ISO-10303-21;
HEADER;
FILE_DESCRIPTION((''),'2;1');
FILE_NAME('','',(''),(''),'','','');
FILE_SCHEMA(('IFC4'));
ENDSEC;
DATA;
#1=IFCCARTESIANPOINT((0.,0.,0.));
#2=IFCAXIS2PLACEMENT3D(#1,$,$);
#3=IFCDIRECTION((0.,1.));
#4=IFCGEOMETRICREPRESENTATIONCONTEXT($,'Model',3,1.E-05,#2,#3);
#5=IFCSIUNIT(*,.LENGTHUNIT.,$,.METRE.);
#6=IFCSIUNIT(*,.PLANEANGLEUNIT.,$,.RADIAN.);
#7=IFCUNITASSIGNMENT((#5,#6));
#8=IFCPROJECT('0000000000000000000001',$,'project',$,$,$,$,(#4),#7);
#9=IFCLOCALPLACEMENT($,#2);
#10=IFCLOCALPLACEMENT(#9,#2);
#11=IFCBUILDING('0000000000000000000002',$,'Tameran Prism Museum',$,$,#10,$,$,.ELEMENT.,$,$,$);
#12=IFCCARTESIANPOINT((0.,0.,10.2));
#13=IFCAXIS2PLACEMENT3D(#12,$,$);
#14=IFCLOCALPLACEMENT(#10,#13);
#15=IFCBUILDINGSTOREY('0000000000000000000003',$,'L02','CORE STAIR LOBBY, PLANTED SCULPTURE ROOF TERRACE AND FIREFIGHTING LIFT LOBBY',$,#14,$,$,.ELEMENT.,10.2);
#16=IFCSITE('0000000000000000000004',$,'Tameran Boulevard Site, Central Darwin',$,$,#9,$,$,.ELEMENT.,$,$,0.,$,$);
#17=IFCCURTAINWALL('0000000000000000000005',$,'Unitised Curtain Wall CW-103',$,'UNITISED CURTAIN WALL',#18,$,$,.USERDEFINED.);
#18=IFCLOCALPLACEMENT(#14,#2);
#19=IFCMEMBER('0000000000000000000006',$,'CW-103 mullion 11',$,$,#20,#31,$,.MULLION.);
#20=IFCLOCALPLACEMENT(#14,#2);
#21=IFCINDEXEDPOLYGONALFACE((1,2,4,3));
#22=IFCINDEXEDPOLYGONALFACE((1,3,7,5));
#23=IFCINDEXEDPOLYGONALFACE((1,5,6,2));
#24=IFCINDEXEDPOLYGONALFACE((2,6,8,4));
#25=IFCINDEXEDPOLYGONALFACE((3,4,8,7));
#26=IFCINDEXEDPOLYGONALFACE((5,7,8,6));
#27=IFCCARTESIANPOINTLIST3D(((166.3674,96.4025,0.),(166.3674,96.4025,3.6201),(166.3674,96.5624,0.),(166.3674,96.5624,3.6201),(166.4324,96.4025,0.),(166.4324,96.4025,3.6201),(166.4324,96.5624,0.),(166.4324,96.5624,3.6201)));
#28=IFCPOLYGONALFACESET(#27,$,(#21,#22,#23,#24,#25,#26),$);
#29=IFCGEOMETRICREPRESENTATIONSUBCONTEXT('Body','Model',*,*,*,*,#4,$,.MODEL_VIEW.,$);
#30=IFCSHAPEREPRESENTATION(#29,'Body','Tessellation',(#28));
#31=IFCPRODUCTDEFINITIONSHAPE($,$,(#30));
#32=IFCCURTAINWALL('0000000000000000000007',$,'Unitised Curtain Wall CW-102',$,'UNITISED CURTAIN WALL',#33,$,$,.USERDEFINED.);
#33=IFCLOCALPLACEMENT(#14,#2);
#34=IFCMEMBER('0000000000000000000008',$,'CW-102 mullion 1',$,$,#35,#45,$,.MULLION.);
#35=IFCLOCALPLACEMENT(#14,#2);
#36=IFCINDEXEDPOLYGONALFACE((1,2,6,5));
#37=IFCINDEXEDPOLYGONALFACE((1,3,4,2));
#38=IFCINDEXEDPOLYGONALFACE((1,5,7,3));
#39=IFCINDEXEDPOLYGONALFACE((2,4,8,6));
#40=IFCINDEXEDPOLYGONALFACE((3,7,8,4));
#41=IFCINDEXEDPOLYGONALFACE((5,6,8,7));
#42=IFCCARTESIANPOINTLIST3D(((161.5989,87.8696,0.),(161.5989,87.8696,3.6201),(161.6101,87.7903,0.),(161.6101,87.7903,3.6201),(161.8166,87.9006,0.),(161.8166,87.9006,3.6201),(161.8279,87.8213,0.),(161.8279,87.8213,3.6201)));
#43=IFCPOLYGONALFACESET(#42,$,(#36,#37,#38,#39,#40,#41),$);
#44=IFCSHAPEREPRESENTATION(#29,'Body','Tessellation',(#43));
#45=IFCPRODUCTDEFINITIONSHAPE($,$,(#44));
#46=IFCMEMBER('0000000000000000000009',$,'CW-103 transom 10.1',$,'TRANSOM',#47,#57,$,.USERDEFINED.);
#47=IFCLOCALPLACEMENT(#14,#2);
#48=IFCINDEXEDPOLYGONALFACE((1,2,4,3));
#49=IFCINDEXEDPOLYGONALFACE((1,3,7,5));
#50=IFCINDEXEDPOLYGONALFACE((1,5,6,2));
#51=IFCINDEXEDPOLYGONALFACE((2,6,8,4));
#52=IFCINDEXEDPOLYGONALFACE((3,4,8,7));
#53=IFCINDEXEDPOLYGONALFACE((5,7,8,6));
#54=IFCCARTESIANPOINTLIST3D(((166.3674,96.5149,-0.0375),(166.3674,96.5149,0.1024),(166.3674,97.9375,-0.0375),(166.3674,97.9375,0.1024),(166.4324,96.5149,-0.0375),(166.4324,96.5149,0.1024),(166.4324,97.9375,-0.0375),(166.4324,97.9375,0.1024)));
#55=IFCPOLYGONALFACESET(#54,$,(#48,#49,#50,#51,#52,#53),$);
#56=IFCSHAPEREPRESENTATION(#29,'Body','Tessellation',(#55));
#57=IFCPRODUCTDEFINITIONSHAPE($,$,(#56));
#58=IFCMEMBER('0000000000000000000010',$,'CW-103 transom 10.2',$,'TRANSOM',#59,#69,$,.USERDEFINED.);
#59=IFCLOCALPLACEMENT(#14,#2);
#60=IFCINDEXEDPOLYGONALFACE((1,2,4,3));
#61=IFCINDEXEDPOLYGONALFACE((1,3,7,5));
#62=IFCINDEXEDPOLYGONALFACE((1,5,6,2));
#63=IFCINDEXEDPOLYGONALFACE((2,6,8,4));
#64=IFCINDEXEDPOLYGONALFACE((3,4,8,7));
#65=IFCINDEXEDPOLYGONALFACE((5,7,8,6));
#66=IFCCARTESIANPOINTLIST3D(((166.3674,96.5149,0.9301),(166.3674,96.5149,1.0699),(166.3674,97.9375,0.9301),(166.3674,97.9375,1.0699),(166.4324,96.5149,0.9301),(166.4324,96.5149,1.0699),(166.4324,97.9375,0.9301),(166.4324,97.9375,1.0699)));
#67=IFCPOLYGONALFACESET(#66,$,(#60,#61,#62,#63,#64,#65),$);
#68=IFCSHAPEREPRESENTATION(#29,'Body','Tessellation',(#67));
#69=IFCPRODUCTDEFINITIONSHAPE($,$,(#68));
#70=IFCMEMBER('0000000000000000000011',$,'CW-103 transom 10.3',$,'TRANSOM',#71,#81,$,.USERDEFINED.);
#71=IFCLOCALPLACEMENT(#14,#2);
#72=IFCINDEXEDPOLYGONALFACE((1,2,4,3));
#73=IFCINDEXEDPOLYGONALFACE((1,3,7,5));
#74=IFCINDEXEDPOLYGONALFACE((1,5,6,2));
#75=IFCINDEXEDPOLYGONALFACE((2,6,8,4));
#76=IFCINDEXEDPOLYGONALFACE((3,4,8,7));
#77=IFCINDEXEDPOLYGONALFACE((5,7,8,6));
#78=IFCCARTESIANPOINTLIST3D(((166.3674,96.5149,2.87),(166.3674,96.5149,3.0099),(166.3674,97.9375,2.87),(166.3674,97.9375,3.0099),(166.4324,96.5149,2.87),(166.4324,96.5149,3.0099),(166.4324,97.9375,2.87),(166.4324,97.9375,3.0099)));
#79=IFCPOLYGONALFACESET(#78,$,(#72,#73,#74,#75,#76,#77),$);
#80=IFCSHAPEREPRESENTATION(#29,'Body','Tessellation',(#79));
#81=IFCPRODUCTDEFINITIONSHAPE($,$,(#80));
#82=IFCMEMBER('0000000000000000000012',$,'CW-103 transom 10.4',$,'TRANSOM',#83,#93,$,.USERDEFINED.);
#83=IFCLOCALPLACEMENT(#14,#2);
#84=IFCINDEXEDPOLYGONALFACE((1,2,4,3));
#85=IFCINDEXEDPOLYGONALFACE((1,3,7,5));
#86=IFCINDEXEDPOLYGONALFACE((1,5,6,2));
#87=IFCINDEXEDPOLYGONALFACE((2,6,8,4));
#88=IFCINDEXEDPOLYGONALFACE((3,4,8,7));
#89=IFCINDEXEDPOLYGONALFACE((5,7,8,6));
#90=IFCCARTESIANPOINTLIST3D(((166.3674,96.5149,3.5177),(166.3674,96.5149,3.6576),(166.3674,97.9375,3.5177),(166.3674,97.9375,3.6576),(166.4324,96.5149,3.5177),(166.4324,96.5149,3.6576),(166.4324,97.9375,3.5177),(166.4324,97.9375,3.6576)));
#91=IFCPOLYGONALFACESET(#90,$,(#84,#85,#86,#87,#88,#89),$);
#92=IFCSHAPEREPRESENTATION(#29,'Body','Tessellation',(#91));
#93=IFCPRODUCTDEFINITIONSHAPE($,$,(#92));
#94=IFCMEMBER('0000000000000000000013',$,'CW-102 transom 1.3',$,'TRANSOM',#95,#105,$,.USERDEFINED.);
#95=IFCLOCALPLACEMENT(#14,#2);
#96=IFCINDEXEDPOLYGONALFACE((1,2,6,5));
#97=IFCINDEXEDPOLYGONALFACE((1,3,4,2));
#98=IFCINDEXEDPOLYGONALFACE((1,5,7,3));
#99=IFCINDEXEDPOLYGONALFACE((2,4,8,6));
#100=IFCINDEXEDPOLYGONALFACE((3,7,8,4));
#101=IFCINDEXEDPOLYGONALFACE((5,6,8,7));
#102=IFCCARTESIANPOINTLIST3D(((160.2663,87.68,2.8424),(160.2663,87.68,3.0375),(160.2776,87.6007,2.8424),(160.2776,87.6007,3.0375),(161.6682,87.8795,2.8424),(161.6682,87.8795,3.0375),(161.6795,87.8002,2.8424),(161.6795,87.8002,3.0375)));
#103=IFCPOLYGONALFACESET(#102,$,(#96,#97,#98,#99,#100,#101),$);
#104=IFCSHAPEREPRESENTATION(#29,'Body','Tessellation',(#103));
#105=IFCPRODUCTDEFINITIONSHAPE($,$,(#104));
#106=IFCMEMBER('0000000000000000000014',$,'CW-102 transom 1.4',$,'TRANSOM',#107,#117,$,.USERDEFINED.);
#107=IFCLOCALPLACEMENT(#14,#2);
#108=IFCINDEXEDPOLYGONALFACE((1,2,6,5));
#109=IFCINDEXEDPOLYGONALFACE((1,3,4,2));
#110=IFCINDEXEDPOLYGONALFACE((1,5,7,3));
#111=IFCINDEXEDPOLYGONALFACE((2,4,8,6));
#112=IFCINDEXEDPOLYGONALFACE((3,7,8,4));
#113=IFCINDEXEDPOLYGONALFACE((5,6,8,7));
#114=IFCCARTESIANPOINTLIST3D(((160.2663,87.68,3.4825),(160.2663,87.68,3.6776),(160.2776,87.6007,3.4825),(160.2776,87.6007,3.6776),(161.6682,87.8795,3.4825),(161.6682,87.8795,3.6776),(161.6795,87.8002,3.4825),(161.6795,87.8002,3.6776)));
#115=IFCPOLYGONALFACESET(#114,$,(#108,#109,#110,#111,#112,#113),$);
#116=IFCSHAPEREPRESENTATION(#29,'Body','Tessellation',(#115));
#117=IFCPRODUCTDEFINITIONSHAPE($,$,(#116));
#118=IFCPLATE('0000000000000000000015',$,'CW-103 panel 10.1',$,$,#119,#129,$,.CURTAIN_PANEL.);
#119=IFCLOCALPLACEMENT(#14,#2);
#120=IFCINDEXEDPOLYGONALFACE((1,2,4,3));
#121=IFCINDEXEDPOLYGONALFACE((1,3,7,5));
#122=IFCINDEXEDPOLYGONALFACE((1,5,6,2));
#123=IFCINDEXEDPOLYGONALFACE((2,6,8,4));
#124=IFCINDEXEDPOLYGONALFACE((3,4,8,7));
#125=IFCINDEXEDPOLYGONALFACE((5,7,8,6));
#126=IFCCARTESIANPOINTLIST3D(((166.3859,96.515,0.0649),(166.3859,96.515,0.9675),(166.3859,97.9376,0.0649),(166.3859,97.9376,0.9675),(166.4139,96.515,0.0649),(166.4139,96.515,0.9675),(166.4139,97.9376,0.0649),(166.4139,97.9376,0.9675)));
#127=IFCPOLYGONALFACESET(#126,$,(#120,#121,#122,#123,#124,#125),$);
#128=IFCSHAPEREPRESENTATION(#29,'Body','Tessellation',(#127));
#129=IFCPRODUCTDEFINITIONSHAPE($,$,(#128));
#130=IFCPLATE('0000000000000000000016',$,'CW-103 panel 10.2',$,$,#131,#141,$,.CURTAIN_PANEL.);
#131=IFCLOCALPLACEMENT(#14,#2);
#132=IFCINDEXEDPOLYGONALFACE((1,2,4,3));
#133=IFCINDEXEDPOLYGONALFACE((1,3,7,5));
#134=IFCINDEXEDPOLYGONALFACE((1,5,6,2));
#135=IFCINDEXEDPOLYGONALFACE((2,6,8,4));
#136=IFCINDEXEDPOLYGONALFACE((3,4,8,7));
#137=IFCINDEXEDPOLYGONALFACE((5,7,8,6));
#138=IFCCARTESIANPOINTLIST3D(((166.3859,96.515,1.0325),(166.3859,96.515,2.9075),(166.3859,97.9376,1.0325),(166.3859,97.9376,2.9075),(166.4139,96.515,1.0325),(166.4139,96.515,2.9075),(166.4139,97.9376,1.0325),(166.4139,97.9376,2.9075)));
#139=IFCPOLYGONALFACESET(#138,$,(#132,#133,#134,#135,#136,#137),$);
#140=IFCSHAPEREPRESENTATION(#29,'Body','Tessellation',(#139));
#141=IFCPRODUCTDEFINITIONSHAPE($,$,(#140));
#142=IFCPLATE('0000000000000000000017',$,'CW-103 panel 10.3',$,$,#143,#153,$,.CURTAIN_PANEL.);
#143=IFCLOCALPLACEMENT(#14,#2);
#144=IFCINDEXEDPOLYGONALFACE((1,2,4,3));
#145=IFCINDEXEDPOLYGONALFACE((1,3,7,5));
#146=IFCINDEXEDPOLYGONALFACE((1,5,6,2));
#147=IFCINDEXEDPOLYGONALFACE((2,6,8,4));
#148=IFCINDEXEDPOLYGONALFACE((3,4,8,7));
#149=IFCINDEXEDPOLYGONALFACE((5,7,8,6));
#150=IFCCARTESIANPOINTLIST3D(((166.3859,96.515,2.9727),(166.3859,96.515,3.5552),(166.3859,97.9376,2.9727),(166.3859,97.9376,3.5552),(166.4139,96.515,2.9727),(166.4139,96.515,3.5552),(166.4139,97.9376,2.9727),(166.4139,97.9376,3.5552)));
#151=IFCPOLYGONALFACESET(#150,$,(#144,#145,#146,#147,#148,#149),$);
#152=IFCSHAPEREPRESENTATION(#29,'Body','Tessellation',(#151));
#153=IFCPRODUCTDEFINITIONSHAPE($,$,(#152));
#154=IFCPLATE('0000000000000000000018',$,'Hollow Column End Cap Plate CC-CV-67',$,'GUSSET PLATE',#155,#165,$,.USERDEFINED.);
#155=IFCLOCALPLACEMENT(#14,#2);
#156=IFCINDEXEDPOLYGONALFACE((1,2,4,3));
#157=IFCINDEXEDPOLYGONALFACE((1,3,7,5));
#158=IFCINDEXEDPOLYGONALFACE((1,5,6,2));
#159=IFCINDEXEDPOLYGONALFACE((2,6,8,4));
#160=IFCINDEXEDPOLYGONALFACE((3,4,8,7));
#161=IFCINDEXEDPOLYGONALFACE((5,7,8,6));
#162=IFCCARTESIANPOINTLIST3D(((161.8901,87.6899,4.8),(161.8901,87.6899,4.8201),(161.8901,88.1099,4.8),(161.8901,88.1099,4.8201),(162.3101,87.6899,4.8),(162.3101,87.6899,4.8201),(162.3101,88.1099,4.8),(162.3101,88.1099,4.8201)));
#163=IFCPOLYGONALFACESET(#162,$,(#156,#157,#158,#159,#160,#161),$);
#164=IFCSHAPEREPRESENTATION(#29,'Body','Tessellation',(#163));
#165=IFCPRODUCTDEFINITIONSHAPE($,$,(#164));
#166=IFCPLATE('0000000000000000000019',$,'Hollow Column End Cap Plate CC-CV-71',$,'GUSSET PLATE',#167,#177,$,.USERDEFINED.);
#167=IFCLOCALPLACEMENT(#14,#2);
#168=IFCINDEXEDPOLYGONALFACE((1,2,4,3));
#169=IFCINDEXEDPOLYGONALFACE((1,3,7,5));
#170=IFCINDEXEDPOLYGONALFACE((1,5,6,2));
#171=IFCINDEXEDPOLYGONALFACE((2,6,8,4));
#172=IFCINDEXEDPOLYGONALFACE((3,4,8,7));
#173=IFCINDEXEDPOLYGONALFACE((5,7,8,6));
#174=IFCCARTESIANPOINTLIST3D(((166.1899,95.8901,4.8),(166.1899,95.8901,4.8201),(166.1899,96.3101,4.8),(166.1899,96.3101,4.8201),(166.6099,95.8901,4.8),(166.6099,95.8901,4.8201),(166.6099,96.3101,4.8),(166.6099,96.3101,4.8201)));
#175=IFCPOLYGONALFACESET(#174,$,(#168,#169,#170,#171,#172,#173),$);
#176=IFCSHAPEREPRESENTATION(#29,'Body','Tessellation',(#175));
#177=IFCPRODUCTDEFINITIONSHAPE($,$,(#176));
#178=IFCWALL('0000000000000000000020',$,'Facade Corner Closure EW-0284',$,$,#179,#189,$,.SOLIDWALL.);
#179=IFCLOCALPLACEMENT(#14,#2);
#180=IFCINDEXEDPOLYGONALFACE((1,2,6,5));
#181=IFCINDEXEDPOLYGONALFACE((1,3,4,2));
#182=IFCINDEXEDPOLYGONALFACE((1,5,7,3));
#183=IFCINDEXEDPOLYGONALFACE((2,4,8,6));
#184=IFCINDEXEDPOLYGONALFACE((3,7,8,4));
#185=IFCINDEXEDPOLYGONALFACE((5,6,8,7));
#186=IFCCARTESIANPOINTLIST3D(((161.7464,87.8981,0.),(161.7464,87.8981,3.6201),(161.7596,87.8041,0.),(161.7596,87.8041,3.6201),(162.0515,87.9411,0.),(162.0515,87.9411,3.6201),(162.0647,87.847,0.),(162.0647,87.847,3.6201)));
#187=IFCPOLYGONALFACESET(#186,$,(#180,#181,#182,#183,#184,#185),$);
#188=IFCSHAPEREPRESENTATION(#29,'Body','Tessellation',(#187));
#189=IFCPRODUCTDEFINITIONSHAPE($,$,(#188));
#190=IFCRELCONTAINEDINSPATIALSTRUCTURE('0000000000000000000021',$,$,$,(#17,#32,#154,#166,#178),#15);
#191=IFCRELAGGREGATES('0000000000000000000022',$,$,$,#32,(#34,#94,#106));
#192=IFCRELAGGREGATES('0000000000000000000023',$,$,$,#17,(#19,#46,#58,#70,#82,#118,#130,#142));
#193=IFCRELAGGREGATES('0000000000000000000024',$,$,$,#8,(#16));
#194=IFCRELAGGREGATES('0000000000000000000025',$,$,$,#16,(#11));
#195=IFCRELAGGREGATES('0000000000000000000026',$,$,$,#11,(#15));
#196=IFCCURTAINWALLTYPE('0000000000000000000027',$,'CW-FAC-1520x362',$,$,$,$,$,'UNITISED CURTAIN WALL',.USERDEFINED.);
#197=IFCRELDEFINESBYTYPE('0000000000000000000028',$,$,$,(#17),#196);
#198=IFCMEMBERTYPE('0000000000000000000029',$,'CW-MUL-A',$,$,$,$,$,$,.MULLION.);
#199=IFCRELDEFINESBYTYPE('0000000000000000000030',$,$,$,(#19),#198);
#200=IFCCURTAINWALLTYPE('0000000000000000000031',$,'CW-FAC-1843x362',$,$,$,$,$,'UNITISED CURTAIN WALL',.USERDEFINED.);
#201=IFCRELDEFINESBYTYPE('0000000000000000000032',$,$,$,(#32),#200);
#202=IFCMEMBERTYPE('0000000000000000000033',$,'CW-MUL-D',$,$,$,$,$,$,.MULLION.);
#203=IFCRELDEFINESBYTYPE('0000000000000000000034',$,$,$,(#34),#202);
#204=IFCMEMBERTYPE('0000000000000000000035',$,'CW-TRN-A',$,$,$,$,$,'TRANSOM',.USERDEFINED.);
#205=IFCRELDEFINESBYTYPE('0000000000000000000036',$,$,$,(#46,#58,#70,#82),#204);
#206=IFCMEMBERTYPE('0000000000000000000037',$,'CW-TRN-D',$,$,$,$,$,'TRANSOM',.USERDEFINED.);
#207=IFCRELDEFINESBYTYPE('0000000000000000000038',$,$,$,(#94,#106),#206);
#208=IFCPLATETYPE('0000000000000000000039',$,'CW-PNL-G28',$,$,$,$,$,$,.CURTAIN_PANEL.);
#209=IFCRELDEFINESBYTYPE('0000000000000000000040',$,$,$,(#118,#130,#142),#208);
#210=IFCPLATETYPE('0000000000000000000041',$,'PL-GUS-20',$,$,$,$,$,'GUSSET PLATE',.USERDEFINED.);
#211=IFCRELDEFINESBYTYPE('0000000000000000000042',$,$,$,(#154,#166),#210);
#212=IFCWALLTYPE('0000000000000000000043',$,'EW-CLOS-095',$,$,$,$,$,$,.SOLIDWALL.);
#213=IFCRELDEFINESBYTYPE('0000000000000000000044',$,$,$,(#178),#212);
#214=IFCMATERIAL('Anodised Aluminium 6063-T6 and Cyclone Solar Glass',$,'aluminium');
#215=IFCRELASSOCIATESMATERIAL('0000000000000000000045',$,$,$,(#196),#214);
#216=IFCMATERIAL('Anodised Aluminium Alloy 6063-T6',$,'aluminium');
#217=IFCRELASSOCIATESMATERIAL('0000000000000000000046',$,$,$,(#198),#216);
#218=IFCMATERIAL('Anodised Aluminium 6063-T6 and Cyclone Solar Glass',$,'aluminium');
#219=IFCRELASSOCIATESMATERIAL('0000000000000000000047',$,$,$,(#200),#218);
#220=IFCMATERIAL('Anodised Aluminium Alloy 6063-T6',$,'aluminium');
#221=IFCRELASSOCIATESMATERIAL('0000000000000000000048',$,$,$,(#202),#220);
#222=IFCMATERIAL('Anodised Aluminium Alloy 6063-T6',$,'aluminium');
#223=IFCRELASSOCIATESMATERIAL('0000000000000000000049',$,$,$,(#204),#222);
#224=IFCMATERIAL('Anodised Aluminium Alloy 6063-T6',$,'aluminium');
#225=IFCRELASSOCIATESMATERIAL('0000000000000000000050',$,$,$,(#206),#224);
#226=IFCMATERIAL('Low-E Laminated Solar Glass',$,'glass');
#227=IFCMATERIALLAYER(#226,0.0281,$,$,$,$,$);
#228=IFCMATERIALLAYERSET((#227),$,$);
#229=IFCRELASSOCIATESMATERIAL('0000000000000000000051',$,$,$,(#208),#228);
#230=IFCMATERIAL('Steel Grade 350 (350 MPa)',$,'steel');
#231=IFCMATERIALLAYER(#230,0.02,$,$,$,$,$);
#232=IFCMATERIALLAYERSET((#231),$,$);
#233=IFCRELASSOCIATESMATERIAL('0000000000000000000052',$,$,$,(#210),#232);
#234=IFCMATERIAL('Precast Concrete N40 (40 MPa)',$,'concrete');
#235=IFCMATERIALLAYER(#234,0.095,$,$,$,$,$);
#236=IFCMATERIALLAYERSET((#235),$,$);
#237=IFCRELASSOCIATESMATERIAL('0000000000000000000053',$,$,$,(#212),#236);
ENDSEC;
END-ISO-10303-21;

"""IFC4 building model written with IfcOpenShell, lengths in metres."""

from ifc_helpers import new_model, si_unit, direction, frame, frame_2d, origin, origin_2d, place, context, subcontext, project, spatial, rectangle, extrude, material, layer, layer_set, material_profile, profile_set, type_object, element, aggregate, save


model = new_model("IFC4")

# Units and contexts
model_context = context("Model", 3, precision=1e-05, world=origin(), true_north=direction((0.0, 1.0)))
body_context = subcontext(model_context, "Body", "Model", "MODEL_VIEW")
ifc_project = project(units=[si_unit("LENGTHUNIT", "METRE"), si_unit("PLANEANGLEUNIT", "RADIAN")], contexts=[model_context])

# Site, building, storey
site_placement = place(None, origin())
site = spatial("IfcSite", under=ifc_project, at=site_placement, Name="Tameran Boulevard Site, Central Darwin", CompositionType="ELEMENT", RefElevation=0.0)
building_placement = place(site_placement, origin())
building = spatial("IfcBuilding", under=site, at=building_placement, Name="Tameran Prism Museum", CompositionType="ELEMENT")
storey_placement = place(building_placement, frame((0.0, 0.0, 10.2)))
storey = spatial("IfcBuildingStorey", under=building, at=storey_placement, Name="L02", Description="CORE STAIR LOBBY, PLANTED SCULPTURE ROOF TERRACE AND FIREFIGHTING LIFT LOBBY", CompositionType="ELEMENT", Elevation=10.2)

# Curtain wall, member
ifc_material_1 = material(Name="Anodised Aluminium 6063-T6 and Cyclone Solar Glass", Category="aluminium")
curtain_wall_type_1 = type_object("IfcCurtainWallType", Name="CW-FAC-1520x362", ElementType="UNITISED CURTAIN WALL", PredefinedType="USERDEFINED", material=ifc_material_1)
curtain_wall_1_placement = place(storey_placement, origin())
curtain_wall_1 = element("IfcCurtainWall", 1, at=curtain_wall_1_placement, inside=storey, type_object=curtain_wall_type_1, Name="Unitised Curtain Wall CW-103", ObjectType="UNITISED CURTAIN WALL", PredefinedType="USERDEFINED")
ifc_material_2 = material(Name="Anodised Aluminium Alloy 6063-T6", Category="aluminium")
ifc_material_profile_1 = material_profile(ifc_material_2, rectangle(XDim=0.0649, YDim=0.1599, at=origin_2d()))
ifc_profile_set_1 = profile_set([ifc_material_profile_1])
member_type_1 = type_object("IfcMemberType", Name="CW-MUL-A", PredefinedType="MULLION", material=ifc_profile_set_1)
member_1_placement = place(storey_placement, frame((166.3999, 96.4824, 0.0), z_axis=(0.0, 0.0, 1.0), x_axis=(1.0, 0.0, 0.0)))
member_1 = element("IfcMember", 2, at=member_1_placement, type_object=member_type_1, Name="CW-103 mullion 11", PredefinedType="MULLION", context=body_context, shape_type="SweptSolid", body=[
    extrude(rectangle(XDim=0.0649, YDim=0.1599, at=origin_2d()), origin(), (0.0, 0.0, 1.0), 3.6201),
])

# Curtain wall, member
ifc_material_3 = material(Name="Anodised Aluminium 6063-T6 and Cyclone Solar Glass", Category="aluminium")
curtain_wall_type_2 = type_object("IfcCurtainWallType", Name="CW-FAC-1843x362", ElementType="UNITISED CURTAIN WALL", PredefinedType="USERDEFINED", material=ifc_material_3)
curtain_wall_2_placement = place(storey_placement, origin())
curtain_wall_2 = element("IfcCurtainWall", 3, at=curtain_wall_2_placement, inside=storey, type_object=curtain_wall_type_2, Name="Unitised Curtain Wall CW-102", ObjectType="UNITISED CURTAIN WALL", PredefinedType="USERDEFINED")
ifc_material_4 = material(Name="Anodised Aluminium Alloy 6063-T6", Category="aluminium")
ifc_material_profile_2 = material_profile(ifc_material_4, rectangle(XDim=0.0801, YDim=0.22, at=origin_2d()))
ifc_profile_set_2 = profile_set([ifc_material_profile_2])
member_type_2 = type_object("IfcMemberType", Name="CW-MUL-D", PredefinedType="MULLION", material=ifc_profile_set_2)
member_2_placement = place(storey_placement, frame((161.7134, 87.8455, 0.0), z_axis=(0.0, 0.0, 1.0), x_axis=(0.140745, -0.990046, 0.0)))
member_2 = element("IfcMember", 4, at=member_2_placement, type_object=member_type_2, Name="CW-102 mullion 1", PredefinedType="MULLION", context=body_context, shape_type="SweptSolid", body=[
    extrude(rectangle(XDim=0.0801, YDim=0.22, at=origin_2d()), origin(), (0.0, 0.0, 1.0), 3.6201),
])

# Members
ifc_material_5 = material(Name="Anodised Aluminium Alloy 6063-T6", Category="aluminium")
ifc_material_profile_3 = material_profile(ifc_material_5, rectangle(XDim=0.0649, YDim=0.1399, at=origin_2d()))
ifc_profile_set_3 = profile_set([ifc_material_profile_3])
member_type_3 = type_object("IfcMemberType", Name="CW-TRN-A", ElementType="TRANSOM", PredefinedType="USERDEFINED", material=ifc_profile_set_3)
member_3_placement = place(storey_placement, frame((166.3999, 97.9375, 0.0325), z_axis=(0.0, -1.0, 0.0), x_axis=(1.0, 0.0, 0.0)))
member_3 = element("IfcMember", 5, at=member_3_placement, type_object=member_type_3, Name="CW-103 transom 10.1", ObjectType="TRANSOM", PredefinedType="USERDEFINED", context=body_context, shape_type="SweptSolid", body=[
    extrude(rectangle(XDim=0.0649, YDim=0.1399, at=origin_2d()), origin(), (0.0, 0.0, 1.0), 1.4226),
])
member_4_placement = place(storey_placement, frame((166.3999, 97.9375, 1.0), z_axis=(0.0, -1.0, 0.0), x_axis=(1.0, 0.0, 0.0)))
member_4 = element("IfcMember", 6, at=member_4_placement, type_object=member_type_3, Name="CW-103 transom 10.2", ObjectType="TRANSOM", PredefinedType="USERDEFINED", context=body_context, shape_type="SweptSolid", body=[
    extrude(rectangle(XDim=0.0649, YDim=0.1399, at=origin_2d()), origin(), (0.0, 0.0, 1.0), 1.4226),
])
member_5_placement = place(storey_placement, frame((166.3999, 97.9375, 2.9399), z_axis=(0.0, -1.0, 0.0), x_axis=(1.0, 0.0, 0.0)))
member_5 = element("IfcMember", 7, at=member_5_placement, type_object=member_type_3, Name="CW-103 transom 10.3", ObjectType="TRANSOM", PredefinedType="USERDEFINED", context=body_context, shape_type="SweptSolid", body=[
    extrude(rectangle(XDim=0.0649, YDim=0.1399, at=origin_2d()), origin(), (0.0, 0.0, 1.0), 1.4226),
])
member_6_placement = place(storey_placement, frame((166.3999, 97.9375, 3.5876), z_axis=(0.0, -1.0, 0.0), x_axis=(1.0, 0.0, 0.0)))
member_6 = element("IfcMember", 8, at=member_6_placement, type_object=member_type_3, Name="CW-103 transom 10.4", ObjectType="TRANSOM", PredefinedType="USERDEFINED", context=body_context, shape_type="SweptSolid", body=[
    extrude(rectangle(XDim=0.0649, YDim=0.1399, at=origin_2d()), origin(), (0.0, 0.0, 1.0), 1.4226),
])
ifc_material_6 = material(Name="Anodised Aluminium Alloy 6063-T6", Category="aluminium")
ifc_material_profile_4 = material_profile(ifc_material_6, rectangle(XDim=0.0801, YDim=0.1951, at=origin_2d()))
ifc_profile_set_4 = profile_set([ifc_material_profile_4])
member_type_4 = type_object("IfcMemberType", Name="CW-TRN-D", ElementType="TRANSOM", PredefinedType="USERDEFINED", material=ifc_profile_set_4)
member_7_placement = place(storey_placement, frame((161.6738, 87.8398, 2.9399), z_axis=(-0.990029, -0.140866, 0.0), x_axis=(0.140866, -0.990029, 0.0)))
member_7 = element("IfcMember", 9, at=member_7_placement, type_object=member_type_4, Name="CW-102 transom 1.3", ObjectType="TRANSOM", PredefinedType="USERDEFINED", context=body_context, shape_type="SweptSolid", body=[
    extrude(rectangle(XDim=0.0801, YDim=0.1951, at=origin_2d()), origin(), (0.0, 0.0, 1.0), 1.416),
])
member_8_placement = place(storey_placement, frame((161.6738, 87.8398, 3.5801), z_axis=(-0.990029, -0.140866, 0.0), x_axis=(0.140866, -0.990029, 0.0)))
member_8 = element("IfcMember", 10, at=member_8_placement, type_object=member_type_4, Name="CW-102 transom 1.4", ObjectType="TRANSOM", PredefinedType="USERDEFINED", context=body_context, shape_type="SweptSolid", body=[
    extrude(rectangle(XDim=0.0801, YDim=0.1951, at=origin_2d()), origin(), (0.0, 0.0, 1.0), 1.416),
])
aggregate(curtain_wall_2, [member_2, member_7, member_8])

# Plates
ifc_material_7 = material(Name="Low-E Laminated Solar Glass", Category="glass")
ifc_layer_1 = layer(ifc_material_7, 0.0281)
ifc_layer_set_1 = layer_set([ifc_layer_1])
plate_type_1 = type_object("IfcPlateType", Name="CW-PNL-G28", PredefinedType="CURTAIN_PANEL", material=ifc_layer_set_1)
plate_1_placement = place(storey_placement, frame((166.3999, 97.2263, 0.0649), z_axis=(0.0, 0.0, 1.0), x_axis=(0.0, -1.0, 0.0)))
plate_1 = element("IfcPlate", 11, at=plate_1_placement, type_object=plate_type_1, Name="CW-103 panel 10.1", PredefinedType="CURTAIN_PANEL", context=body_context, shape_type="SweptSolid", body=[
    extrude(rectangle(XDim=1.4226, YDim=0.0281, at=origin_2d()), origin(), (0.0, 0.0, 1.0), 0.9026),
])
plate_2_placement = place(storey_placement, frame((166.3999, 97.2263, 1.0325), z_axis=(0.0, 0.0, 1.0), x_axis=(0.0, -1.0, 0.0)))
plate_2 = element("IfcPlate", 12, at=plate_2_placement, type_object=plate_type_1, Name="CW-103 panel 10.2", PredefinedType="CURTAIN_PANEL", context=body_context, shape_type="SweptSolid", body=[
    extrude(rectangle(XDim=1.4226, YDim=0.0281, at=origin_2d()), origin(), (0.0, 0.0, 1.0), 1.875),
])
plate_3_placement = place(storey_placement, frame((166.3999, 97.2263, 2.9727), z_axis=(0.0, 0.0, 1.0), x_axis=(0.0, -1.0, 0.0)))
plate_3 = element("IfcPlate", 13, at=plate_3_placement, type_object=plate_type_1, Name="CW-103 panel 10.3", PredefinedType="CURTAIN_PANEL", context=body_context, shape_type="SweptSolid", body=[
    extrude(rectangle(XDim=1.4226, YDim=0.0281, at=origin_2d()), origin(), (0.0, 0.0, 1.0), 0.5825),
])
aggregate(curtain_wall_1, [member_1, member_3, member_4, member_5, member_6, plate_1, plate_2, plate_3])

# Plates
ifc_material_8 = material(Name="Steel Grade 350 (350 MPa)", Category="steel")
ifc_layer_2 = layer(ifc_material_8, 0.02)
ifc_layer_set_2 = layer_set([ifc_layer_2])
plate_type_2 = type_object("IfcPlateType", Name="PL-GUS-20", ElementType="GUSSET PLATE", PredefinedType="USERDEFINED", material=ifc_layer_set_2)
for number, where, z_axis, x_axis, name in (
    (14, (162.1001, 87.8999, 4.8), (0.0, 0.0, 1.0), (1.0, 0.0, 0.0), "Hollow Column End Cap Plate CC-CV-67"),
    (15, (166.3999, 96.1001, 4.8), (0.0, 0.0, 1.0), (1.0, 0.0, 0.0), "Hollow Column End Cap Plate CC-CV-71"),
):
    element("IfcPlate", number, at=place(storey_placement, frame(where, z_axis=z_axis, x_axis=x_axis)), inside=storey, type_object=plate_type_2, Name=name, ObjectType="GUSSET PLATE", PredefinedType="USERDEFINED", context=body_context, shape_type="SweptSolid", body=[
        extrude(rectangle(XDim=0.4199, YDim=0.4199, at=origin_2d()), origin(), (0.0, 0.0, 1.0), 0.02),
    ])

# Wall
ifc_material_9 = material(Name="Precast Concrete N40 (40 MPa)", Category="concrete")
ifc_layer_3 = layer(ifc_material_9, 0.095)
ifc_layer_set_3 = layer_set([ifc_layer_3])
wall_type_1 = type_object("IfcWallType", Name="EW-CLOS-095", PredefinedType="SOLIDWALL", material=ifc_layer_set_3)
wall_1_placement = place(storey_placement, frame((162.0581, 87.894, 0.0), z_axis=(0.0, 0.0, 1.0), x_axis=(-0.990233, -0.139425, 0.0)))
element("IfcWall", 16, at=wall_1_placement, inside=storey, type_object=wall_type_1, Name="Facade Corner Closure EW-0284", PredefinedType="SOLIDWALL", context=body_context, shape_type="SweptSolid", body=[
    extrude(rectangle(XDim=0.3081, YDim=0.095, at=frame_2d((0.1541, 0.0))), origin(), (0.0, 0.0, 1.0), 3.6201),
])

save(model, "model.ifc")
